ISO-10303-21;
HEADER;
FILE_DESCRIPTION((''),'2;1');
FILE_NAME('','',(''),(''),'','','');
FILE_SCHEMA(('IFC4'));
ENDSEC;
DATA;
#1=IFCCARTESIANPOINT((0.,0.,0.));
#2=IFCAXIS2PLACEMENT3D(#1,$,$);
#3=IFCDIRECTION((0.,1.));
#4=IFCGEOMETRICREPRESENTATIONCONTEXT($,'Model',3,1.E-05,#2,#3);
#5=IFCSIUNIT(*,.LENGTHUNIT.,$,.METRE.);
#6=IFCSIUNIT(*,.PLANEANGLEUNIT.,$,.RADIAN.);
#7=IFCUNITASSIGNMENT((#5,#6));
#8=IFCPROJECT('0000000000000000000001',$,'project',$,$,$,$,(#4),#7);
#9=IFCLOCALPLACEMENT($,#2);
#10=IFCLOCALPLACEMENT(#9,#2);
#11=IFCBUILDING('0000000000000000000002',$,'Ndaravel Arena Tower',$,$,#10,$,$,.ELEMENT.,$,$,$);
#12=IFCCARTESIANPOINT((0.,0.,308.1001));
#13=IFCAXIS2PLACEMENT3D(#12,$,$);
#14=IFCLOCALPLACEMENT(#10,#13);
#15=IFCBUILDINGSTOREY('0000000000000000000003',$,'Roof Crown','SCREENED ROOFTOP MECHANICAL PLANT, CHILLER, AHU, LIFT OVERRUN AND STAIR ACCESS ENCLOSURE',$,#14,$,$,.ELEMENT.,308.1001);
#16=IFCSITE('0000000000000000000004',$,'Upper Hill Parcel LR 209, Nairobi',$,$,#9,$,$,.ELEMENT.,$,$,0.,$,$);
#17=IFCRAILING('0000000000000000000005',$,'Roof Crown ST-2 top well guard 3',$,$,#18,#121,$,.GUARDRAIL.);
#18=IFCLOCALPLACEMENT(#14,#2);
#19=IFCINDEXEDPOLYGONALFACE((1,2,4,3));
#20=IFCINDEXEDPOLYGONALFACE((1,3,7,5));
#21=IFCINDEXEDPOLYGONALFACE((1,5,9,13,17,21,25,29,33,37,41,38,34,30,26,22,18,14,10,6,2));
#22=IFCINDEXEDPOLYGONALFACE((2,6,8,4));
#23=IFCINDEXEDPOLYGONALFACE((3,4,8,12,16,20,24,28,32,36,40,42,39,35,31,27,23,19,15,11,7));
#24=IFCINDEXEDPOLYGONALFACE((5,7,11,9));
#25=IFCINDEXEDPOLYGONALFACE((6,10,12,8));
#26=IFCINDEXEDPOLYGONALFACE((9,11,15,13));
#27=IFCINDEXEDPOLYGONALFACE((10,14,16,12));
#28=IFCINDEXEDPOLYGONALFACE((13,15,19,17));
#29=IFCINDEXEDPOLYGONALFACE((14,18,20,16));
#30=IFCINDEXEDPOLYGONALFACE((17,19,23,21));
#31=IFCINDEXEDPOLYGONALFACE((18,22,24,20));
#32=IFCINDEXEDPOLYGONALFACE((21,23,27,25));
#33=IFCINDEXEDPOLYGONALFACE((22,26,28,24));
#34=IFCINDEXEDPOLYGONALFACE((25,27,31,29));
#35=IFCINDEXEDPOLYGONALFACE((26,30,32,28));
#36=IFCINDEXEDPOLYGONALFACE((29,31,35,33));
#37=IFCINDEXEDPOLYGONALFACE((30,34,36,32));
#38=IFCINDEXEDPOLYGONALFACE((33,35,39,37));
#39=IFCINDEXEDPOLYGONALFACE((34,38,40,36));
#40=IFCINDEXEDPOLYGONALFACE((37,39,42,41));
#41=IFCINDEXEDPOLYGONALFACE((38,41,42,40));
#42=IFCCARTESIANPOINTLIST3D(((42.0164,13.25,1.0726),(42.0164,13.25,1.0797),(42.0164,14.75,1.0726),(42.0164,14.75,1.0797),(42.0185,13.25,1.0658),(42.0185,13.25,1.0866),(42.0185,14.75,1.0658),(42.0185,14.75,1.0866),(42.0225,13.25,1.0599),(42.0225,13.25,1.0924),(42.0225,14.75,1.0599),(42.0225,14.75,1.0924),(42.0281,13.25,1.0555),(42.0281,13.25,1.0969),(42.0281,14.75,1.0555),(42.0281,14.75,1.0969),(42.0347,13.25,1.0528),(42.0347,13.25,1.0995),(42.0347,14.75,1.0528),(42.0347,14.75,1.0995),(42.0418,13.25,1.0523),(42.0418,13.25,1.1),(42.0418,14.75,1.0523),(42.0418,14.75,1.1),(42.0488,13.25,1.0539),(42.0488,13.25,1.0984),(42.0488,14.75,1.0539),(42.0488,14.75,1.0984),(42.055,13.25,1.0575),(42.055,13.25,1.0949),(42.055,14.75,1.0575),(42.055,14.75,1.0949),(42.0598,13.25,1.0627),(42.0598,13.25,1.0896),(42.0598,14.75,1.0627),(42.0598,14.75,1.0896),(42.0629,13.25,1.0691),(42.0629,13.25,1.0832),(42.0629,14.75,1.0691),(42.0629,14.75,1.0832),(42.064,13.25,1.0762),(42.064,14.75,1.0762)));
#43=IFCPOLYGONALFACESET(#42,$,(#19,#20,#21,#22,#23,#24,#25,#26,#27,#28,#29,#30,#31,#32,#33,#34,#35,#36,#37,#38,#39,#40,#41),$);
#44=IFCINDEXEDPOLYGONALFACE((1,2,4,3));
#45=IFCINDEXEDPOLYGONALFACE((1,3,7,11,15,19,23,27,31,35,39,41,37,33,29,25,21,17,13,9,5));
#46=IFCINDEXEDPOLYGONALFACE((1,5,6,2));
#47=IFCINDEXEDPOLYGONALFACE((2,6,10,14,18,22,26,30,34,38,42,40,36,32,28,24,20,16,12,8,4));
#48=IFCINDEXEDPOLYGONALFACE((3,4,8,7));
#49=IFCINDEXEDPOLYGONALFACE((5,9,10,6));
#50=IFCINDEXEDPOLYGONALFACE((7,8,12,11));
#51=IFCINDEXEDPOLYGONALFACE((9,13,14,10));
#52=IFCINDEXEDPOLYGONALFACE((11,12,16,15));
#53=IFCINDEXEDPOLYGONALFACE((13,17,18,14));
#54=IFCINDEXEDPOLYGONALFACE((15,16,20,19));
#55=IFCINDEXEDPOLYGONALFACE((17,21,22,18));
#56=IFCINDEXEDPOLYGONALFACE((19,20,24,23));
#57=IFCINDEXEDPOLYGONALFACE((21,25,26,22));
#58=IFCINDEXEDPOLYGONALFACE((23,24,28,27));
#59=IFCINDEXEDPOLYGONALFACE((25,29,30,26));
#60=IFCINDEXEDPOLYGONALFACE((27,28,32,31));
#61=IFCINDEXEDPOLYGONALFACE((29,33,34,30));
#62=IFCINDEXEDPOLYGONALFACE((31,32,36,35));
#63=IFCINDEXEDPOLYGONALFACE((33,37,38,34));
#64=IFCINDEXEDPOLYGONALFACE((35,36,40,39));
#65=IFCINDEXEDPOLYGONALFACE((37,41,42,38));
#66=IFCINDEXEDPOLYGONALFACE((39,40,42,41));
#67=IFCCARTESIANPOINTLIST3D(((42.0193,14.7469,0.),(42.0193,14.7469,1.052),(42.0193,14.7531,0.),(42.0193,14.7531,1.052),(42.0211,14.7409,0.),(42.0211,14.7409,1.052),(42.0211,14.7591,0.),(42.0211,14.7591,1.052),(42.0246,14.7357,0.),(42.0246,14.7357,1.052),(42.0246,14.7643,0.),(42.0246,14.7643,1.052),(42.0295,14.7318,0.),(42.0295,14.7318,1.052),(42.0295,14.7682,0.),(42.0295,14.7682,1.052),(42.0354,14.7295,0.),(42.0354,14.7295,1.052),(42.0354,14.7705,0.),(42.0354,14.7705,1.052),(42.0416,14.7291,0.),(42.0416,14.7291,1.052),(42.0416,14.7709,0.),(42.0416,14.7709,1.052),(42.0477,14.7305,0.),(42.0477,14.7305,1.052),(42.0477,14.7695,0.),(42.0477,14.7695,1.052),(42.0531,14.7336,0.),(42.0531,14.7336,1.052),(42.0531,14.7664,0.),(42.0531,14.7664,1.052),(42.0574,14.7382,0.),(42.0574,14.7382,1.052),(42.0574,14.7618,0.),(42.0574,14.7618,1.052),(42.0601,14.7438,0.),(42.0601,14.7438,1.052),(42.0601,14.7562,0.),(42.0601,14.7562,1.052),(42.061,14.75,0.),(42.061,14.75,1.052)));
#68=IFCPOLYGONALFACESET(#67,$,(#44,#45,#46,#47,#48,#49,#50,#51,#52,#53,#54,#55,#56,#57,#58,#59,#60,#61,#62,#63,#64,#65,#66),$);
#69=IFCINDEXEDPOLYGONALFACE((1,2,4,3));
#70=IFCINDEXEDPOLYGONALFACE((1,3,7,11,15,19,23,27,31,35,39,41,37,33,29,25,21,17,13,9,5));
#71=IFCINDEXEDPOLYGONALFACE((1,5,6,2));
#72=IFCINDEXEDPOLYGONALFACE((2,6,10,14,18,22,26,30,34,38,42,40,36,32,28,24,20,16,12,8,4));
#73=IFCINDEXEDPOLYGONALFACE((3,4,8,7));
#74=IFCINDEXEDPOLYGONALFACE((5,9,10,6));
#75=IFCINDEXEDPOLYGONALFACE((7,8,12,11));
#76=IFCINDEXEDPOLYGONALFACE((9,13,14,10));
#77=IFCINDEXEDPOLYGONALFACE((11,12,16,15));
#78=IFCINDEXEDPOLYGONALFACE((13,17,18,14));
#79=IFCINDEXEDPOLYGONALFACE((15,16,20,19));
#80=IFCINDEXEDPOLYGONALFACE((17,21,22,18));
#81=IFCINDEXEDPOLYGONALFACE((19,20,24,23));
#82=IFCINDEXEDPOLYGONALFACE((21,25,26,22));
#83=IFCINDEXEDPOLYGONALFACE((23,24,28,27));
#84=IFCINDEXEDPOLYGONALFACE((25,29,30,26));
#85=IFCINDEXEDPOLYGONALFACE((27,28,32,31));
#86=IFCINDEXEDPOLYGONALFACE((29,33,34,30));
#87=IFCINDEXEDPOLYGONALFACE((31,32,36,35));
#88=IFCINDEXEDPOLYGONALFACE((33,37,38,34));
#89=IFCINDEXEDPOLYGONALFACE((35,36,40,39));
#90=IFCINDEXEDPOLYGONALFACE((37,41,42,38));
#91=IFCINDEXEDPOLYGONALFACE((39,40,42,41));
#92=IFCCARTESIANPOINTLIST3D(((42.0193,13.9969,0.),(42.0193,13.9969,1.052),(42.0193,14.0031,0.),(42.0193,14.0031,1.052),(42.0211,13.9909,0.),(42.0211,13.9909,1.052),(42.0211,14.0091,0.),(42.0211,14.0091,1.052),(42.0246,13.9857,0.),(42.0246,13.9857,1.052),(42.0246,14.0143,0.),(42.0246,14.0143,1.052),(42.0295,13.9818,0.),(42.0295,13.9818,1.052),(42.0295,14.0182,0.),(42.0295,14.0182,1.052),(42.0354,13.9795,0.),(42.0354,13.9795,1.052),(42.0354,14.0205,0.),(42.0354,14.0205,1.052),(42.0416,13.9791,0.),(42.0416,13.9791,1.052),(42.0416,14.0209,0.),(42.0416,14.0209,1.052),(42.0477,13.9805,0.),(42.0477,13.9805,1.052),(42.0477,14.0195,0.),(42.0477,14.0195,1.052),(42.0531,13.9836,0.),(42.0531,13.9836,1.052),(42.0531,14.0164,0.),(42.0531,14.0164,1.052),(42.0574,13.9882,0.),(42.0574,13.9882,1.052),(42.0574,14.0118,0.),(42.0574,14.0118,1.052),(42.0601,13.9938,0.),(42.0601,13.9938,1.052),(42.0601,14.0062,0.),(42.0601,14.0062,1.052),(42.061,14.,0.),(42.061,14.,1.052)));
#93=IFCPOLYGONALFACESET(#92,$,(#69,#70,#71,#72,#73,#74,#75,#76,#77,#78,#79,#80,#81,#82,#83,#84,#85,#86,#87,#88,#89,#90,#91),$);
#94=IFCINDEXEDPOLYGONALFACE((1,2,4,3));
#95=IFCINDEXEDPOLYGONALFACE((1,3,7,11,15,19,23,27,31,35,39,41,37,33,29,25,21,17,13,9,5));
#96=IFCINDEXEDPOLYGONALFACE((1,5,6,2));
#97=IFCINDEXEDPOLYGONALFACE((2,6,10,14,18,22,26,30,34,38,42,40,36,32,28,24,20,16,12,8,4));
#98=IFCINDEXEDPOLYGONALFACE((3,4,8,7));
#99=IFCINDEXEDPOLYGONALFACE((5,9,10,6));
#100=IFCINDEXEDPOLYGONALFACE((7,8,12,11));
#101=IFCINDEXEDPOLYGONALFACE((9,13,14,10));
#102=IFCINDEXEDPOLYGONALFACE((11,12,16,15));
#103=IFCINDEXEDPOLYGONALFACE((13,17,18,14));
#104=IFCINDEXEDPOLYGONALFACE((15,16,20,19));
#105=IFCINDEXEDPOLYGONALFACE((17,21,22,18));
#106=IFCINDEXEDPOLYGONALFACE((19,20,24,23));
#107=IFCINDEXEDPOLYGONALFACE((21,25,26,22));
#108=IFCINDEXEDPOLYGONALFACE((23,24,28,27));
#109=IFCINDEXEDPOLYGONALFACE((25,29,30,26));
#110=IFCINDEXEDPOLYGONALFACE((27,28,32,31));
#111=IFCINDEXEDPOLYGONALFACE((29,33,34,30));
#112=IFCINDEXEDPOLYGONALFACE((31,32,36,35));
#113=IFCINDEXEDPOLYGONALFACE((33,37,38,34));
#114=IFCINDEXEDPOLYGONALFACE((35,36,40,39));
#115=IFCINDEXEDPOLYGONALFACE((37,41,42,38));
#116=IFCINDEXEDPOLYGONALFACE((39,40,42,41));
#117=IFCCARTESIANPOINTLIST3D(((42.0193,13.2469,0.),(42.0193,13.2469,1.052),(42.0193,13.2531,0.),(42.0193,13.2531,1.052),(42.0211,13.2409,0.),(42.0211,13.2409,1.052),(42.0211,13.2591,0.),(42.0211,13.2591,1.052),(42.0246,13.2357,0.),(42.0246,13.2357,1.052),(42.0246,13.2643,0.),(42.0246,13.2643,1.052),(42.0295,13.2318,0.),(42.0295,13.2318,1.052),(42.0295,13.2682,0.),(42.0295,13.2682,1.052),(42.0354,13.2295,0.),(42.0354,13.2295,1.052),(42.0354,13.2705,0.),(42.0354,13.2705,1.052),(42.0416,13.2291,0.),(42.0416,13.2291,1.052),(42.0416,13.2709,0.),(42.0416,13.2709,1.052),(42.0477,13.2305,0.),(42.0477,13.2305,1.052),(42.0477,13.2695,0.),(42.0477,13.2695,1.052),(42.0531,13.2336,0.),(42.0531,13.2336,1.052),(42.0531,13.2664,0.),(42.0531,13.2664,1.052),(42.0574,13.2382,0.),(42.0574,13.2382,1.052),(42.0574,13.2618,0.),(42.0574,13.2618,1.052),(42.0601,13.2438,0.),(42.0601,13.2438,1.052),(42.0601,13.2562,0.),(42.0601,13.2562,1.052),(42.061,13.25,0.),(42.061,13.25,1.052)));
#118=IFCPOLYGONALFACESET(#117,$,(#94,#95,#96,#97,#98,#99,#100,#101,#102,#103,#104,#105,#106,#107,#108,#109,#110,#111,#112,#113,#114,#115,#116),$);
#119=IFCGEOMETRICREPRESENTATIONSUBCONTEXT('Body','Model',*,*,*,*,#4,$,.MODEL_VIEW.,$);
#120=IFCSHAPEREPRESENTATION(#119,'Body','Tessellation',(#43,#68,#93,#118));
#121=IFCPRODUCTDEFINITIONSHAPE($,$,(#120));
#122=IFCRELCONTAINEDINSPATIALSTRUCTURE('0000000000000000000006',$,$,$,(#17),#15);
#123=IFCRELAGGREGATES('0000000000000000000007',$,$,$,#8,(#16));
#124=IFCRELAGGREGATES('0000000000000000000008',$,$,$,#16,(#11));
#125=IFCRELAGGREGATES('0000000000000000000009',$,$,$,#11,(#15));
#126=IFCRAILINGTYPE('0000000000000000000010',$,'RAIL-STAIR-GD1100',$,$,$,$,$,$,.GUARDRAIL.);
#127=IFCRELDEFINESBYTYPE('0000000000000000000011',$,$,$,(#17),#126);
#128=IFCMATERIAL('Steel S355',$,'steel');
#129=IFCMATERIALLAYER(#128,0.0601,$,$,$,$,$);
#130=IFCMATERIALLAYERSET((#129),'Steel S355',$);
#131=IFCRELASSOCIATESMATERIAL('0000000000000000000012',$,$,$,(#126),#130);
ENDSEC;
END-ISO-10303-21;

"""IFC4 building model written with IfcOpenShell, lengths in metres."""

from ifc_helpers import new_model, si_unit, direction, frame, origin, origin_2d, place, context, subcontext, project, spatial, circle, extrude, material, layer, layer_set, type_object, element, save


model = new_model("IFC4")

# Units and contexts
model_context = context("Model", 3, precision=1e-05, world=origin(), true_north=direction((0.0, 1.0)))
body_context = subcontext(model_context, "Body", "Model", "MODEL_VIEW")
ifc_project = project(units=[si_unit("LENGTHUNIT", "METRE"), si_unit("PLANEANGLEUNIT", "RADIAN")], contexts=[model_context])

# Site, building, storey
site_placement = place(None, origin())
site = spatial("IfcSite", under=ifc_project, at=site_placement, Name="Upper Hill Parcel LR 209, Nairobi", CompositionType="ELEMENT", RefElevation=0.0)
building_placement = place(site_placement, origin())
building = spatial("IfcBuilding", under=site, at=building_placement, Name="Ndaravel Arena Tower", CompositionType="ELEMENT")
storey_placement = place(building_placement, frame((0.0, 0.0, 308.1001)))
storey = spatial("IfcBuildingStorey", under=building, at=storey_placement, Name="Roof Crown", Description="SCREENED ROOFTOP MECHANICAL PLANT, CHILLER, AHU, LIFT OVERRUN AND STAIR ACCESS ENCLOSURE", CompositionType="ELEMENT", Elevation=308.1001)

# Railing
ifc_material_1 = material(Name="Steel S355", Category="steel")
ifc_layer_1 = layer(ifc_material_1, 0.0601)
ifc_layer_set_1 = layer_set([ifc_layer_1], Name="Steel S355")
railing_type = type_object("IfcRailingType", Name="RAIL-STAIR-GD1100", PredefinedType="GUARDRAIL", material=ifc_layer_set_1)
railing_1_placement = place(storey_placement, frame((42.04, 14.75, 0.0)))
element("IfcRailing", 1, at=railing_1_placement, inside=storey, type_object=railing_type, Name="Roof Crown ST-2 top well guard 3", PredefinedType="GUARDRAIL", context=body_context, shape_type="SweptSolid", body=[
    extrude(circle(Radius=0.0239, at=origin_2d()), frame((0.0, 0.0, 1.0762), z_axis=(0.0, -1.0, 0.0), x_axis=(1.0, 0.0, 0.0)), (0.0, 0.0, 1.0), 1.5),
    extrude(circle(Radius=0.021, at=origin_2d()), origin(), (0.0, 0.0, 1.0), 1.052),
    extrude(circle(Radius=0.021, at=origin_2d()), frame((0.0, -0.75, 0.0)), (0.0, 0.0, 1.0), 1.052),
    extrude(circle(Radius=0.021, at=origin_2d()), frame((0.0, -1.5, 0.0)), (0.0, 0.0, 1.0), 1.052),
])

save(model, "model.ifc")
